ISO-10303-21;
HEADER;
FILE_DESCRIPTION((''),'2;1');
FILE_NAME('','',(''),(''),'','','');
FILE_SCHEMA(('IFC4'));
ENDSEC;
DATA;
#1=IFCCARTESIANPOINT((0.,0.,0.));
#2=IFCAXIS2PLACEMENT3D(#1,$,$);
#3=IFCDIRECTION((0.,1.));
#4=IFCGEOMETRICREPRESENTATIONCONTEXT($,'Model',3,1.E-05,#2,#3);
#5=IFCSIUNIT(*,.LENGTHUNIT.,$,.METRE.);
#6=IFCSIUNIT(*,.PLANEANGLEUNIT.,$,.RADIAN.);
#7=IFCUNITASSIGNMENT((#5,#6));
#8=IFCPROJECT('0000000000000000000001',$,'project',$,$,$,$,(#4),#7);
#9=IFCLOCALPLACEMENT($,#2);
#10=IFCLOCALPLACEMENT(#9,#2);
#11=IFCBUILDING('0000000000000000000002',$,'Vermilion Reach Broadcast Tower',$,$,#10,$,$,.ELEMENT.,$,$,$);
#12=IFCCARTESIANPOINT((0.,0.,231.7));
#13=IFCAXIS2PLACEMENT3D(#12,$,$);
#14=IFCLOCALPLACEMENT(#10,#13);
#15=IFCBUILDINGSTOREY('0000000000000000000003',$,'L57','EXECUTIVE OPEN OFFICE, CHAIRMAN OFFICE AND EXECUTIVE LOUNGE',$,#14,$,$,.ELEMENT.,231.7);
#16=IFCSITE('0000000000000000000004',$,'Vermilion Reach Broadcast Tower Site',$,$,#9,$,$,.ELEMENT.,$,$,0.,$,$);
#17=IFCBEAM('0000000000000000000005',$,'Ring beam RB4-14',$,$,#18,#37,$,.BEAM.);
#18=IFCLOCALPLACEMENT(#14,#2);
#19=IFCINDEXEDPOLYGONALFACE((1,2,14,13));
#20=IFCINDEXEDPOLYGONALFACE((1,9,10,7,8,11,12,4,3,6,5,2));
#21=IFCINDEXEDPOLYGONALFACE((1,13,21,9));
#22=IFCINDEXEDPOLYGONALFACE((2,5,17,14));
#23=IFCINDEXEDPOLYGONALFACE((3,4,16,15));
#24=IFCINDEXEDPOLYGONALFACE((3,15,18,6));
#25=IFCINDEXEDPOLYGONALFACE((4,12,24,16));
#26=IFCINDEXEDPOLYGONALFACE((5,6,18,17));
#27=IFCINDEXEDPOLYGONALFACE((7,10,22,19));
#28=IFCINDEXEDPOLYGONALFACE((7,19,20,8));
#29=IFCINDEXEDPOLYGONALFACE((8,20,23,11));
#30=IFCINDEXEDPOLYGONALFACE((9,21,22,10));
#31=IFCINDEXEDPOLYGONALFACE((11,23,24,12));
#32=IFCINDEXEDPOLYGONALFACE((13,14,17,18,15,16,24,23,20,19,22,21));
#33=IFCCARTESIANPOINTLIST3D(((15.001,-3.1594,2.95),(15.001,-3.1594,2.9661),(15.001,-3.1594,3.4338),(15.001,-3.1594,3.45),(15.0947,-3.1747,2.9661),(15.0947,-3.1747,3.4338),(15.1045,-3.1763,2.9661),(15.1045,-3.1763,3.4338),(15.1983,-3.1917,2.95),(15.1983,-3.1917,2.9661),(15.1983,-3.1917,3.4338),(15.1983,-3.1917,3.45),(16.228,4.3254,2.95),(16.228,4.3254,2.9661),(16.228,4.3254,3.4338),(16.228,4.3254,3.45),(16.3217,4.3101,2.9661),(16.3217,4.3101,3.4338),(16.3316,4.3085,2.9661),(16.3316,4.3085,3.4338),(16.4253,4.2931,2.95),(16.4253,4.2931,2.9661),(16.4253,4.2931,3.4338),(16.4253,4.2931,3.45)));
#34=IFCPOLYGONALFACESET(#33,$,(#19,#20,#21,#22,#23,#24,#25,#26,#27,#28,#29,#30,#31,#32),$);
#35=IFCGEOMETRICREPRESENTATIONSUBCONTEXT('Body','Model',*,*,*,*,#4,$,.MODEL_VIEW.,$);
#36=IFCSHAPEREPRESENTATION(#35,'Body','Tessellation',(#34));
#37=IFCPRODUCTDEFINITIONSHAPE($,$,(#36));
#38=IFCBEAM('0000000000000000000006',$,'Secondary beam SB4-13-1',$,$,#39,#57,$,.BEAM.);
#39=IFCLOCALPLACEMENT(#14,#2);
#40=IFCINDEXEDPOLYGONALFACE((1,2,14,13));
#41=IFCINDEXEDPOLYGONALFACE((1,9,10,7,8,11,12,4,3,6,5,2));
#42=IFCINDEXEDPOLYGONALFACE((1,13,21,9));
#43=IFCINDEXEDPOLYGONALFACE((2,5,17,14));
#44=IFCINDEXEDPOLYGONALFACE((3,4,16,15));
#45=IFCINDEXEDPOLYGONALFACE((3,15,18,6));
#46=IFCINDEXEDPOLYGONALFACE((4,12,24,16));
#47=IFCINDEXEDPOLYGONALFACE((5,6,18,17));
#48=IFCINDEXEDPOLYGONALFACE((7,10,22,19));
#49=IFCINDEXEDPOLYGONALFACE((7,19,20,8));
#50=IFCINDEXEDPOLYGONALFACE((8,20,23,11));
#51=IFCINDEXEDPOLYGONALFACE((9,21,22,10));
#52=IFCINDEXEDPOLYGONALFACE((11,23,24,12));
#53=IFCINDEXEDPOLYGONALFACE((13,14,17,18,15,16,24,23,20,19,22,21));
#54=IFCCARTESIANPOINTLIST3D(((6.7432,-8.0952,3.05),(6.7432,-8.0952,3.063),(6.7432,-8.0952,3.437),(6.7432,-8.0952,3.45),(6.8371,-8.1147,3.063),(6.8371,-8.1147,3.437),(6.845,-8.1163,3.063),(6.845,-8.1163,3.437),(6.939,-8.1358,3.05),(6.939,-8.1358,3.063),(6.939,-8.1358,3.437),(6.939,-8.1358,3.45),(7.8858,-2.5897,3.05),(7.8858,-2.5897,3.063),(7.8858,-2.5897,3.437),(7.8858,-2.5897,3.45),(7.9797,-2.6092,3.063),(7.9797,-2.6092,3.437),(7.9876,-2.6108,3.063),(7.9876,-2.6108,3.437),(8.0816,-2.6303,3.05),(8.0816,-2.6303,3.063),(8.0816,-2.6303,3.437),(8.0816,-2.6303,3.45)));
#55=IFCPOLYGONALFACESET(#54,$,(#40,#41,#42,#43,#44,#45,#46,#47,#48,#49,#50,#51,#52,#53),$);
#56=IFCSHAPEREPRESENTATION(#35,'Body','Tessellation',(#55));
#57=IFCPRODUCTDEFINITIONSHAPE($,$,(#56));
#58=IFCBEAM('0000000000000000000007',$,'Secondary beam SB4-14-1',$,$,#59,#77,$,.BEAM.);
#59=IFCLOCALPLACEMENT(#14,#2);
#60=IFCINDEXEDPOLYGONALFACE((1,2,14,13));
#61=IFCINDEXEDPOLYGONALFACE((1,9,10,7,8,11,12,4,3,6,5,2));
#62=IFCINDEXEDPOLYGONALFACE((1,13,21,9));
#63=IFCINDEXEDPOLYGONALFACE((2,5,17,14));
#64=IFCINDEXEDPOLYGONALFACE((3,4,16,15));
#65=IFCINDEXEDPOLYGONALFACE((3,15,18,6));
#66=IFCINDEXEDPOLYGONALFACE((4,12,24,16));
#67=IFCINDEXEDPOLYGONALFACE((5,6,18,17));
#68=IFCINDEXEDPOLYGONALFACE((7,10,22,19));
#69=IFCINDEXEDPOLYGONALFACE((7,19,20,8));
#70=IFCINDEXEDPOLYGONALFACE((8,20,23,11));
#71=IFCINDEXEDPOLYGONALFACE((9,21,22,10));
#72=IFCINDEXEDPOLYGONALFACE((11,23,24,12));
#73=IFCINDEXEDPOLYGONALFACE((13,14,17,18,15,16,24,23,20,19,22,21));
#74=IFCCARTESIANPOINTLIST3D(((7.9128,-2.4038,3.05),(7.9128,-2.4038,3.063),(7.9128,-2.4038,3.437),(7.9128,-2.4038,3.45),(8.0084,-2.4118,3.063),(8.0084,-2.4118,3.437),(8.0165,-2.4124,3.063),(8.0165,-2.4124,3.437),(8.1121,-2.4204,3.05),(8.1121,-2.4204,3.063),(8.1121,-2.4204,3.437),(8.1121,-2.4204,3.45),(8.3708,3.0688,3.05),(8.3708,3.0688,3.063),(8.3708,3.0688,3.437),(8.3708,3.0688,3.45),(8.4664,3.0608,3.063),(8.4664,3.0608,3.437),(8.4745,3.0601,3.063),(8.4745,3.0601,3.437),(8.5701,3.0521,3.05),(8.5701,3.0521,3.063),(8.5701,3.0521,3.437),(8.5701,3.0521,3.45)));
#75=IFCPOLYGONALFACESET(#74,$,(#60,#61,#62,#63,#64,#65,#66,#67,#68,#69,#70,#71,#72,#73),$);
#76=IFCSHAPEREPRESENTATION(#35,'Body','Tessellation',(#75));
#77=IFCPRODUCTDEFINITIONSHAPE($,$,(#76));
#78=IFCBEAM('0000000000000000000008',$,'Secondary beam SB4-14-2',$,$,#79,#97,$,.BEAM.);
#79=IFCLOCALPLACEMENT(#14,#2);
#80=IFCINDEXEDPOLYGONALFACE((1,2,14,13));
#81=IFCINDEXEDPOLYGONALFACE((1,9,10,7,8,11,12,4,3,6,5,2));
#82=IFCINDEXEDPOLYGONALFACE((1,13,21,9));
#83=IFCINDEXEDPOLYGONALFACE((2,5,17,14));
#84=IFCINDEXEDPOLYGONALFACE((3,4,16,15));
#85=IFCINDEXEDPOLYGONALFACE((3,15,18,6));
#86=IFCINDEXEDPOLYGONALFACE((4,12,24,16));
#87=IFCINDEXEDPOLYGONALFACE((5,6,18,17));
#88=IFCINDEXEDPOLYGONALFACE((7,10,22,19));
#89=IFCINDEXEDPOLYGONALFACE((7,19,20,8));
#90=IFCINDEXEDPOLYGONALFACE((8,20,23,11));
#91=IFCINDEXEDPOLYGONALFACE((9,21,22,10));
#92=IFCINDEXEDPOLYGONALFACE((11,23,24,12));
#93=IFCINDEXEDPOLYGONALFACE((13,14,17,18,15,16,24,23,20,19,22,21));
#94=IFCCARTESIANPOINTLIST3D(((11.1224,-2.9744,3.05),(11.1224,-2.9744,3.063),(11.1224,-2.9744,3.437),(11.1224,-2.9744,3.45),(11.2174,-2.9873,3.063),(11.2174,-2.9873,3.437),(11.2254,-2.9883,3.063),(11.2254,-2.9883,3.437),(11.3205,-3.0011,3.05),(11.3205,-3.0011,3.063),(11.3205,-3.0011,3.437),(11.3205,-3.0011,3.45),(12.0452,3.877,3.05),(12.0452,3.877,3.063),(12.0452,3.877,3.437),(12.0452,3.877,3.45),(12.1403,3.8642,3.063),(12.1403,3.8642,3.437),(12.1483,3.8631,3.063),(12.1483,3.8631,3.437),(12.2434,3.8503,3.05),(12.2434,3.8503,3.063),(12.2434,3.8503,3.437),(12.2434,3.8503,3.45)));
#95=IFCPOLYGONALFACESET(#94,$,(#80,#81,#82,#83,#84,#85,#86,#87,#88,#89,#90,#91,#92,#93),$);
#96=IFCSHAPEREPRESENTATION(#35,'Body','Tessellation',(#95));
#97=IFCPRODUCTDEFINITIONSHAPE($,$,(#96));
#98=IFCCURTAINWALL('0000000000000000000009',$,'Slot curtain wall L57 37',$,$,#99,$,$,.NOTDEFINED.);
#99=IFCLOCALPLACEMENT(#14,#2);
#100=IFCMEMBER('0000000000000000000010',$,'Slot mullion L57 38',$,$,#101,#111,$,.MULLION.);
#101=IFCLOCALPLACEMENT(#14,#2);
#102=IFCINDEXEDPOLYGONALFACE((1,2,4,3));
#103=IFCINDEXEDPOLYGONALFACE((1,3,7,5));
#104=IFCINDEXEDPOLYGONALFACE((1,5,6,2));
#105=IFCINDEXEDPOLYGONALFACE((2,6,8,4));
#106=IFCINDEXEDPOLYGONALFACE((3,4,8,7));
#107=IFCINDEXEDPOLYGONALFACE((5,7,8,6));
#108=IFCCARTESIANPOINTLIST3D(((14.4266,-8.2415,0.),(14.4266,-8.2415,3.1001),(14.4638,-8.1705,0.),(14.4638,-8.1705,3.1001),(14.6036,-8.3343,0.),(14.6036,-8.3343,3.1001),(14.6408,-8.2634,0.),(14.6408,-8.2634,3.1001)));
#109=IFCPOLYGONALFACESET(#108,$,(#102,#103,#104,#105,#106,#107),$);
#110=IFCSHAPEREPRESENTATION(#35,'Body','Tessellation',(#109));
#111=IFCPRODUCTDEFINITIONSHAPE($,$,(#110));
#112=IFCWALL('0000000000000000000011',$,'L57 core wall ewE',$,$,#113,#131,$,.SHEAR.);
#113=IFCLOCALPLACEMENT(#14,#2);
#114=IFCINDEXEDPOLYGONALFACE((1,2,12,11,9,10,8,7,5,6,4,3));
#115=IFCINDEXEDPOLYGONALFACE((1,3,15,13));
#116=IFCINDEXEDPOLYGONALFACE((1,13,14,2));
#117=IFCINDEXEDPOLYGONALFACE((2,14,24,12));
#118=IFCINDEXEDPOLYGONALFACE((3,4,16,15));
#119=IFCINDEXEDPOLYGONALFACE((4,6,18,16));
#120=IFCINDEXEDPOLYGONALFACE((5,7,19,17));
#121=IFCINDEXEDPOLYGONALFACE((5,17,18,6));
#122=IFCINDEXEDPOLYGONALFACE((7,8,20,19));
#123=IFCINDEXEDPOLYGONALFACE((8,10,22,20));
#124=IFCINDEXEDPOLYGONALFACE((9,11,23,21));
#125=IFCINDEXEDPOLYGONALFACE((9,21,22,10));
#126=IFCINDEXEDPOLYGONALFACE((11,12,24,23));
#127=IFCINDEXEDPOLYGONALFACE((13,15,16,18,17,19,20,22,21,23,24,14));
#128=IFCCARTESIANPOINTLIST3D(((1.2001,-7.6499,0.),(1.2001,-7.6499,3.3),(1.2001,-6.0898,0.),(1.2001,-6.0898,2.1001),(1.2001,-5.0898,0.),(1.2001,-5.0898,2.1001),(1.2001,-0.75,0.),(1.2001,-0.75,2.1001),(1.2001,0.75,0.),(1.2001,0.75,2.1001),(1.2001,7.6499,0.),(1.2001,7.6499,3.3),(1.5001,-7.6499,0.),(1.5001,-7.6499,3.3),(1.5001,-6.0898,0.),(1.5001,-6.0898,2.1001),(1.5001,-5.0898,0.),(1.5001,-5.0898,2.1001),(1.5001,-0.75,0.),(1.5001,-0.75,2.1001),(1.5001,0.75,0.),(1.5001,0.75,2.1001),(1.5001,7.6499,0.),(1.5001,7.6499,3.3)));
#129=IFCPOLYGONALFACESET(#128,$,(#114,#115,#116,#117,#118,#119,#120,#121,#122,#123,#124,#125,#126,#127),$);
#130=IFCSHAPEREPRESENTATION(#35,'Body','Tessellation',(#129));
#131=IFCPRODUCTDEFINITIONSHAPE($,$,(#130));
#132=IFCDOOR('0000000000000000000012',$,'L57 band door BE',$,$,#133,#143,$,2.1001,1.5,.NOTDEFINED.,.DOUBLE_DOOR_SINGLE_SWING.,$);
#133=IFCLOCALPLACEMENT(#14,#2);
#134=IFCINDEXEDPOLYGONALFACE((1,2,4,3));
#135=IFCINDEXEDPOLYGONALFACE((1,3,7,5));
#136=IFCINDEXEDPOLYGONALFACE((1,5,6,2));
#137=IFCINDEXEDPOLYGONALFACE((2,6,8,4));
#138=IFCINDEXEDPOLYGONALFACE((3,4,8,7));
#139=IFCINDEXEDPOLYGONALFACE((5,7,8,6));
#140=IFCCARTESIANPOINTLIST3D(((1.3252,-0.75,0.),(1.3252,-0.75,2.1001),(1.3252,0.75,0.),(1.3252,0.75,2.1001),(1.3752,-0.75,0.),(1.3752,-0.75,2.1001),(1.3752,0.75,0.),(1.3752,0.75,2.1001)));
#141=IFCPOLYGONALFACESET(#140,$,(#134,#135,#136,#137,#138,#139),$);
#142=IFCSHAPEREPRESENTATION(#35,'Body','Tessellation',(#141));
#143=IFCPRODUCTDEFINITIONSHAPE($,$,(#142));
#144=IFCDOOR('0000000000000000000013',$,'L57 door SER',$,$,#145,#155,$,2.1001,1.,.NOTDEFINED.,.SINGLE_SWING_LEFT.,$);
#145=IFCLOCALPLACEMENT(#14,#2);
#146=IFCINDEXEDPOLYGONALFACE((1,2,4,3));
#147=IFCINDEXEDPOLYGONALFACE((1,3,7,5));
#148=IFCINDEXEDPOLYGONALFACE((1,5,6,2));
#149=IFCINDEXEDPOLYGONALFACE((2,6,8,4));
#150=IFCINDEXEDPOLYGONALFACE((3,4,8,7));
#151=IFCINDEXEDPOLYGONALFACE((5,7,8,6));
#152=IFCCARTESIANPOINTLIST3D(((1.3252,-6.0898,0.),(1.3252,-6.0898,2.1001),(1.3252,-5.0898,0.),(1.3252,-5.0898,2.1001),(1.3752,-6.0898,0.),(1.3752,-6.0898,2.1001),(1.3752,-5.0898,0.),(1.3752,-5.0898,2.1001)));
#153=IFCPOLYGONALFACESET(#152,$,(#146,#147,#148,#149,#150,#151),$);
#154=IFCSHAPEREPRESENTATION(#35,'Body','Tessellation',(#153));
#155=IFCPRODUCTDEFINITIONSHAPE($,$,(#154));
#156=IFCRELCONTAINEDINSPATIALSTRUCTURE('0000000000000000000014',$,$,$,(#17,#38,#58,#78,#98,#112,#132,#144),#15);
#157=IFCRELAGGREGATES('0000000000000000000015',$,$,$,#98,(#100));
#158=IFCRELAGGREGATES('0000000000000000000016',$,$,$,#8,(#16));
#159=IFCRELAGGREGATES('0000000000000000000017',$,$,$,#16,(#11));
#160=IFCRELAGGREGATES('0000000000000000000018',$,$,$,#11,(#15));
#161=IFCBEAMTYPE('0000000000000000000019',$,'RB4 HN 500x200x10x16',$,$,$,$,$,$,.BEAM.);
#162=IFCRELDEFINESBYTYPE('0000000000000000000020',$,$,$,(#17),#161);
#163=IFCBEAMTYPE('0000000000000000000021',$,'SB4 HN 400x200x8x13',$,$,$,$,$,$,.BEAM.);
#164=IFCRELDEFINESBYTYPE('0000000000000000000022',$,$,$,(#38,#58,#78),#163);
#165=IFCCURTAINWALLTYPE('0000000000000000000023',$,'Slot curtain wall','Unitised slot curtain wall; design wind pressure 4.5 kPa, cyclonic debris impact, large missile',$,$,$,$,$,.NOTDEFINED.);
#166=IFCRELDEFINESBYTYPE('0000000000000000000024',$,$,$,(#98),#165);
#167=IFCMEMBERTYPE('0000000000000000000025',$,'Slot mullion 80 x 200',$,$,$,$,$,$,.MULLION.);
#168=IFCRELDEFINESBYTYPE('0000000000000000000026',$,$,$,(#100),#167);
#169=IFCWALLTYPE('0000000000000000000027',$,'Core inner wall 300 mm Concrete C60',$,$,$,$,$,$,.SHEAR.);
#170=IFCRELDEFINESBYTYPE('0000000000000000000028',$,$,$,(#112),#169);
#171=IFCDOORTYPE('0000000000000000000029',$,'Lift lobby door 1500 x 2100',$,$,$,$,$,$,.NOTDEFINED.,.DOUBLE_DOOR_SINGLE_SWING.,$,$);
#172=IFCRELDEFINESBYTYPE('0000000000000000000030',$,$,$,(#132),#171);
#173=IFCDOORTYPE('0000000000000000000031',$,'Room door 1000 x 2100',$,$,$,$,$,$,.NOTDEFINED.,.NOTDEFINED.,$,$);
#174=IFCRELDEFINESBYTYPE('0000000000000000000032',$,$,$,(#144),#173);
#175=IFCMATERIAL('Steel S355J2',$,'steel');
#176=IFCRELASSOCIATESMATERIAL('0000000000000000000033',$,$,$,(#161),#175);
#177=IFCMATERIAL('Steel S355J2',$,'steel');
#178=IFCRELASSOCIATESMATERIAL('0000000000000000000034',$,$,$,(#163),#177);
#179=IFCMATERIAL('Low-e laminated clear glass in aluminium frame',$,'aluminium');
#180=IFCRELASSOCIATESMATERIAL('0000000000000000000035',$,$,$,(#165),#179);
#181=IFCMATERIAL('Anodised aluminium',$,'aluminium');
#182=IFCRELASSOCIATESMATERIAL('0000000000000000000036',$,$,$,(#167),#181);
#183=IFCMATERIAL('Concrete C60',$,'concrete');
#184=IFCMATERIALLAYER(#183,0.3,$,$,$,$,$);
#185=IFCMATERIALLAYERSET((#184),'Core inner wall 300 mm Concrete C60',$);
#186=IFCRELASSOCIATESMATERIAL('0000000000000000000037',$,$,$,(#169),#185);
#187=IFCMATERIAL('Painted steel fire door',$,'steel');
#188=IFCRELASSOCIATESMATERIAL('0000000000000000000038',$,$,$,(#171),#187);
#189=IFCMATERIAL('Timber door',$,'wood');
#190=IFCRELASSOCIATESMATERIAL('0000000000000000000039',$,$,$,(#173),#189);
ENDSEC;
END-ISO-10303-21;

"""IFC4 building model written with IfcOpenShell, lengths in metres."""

from ifc_helpers import new_model, si_unit, direction, frame, frame_2d, origin, origin_2d, place, context, subcontext, project, spatial, rectangle, i_section, extrude, material, layer, layer_set, material_profile, profile_set, type_object, element, fill, aggregate, save


model = new_model("IFC4")

# Units and contexts
model_context = context("Model", 3, precision=1e-05, world=origin(), true_north=direction((0.0, 1.0)))
body_context = subcontext(model_context, "Body", "Model", "MODEL_VIEW")
ifc_project = project(units=[si_unit("LENGTHUNIT", "METRE"), si_unit("PLANEANGLEUNIT", "RADIAN")], contexts=[model_context])

# Site, building, storey
site_placement = place(None, origin())
site = spatial("IfcSite", under=ifc_project, at=site_placement, Name="Vermilion Reach Broadcast Tower Site", CompositionType="ELEMENT", RefElevation=0.0)
building_placement = place(site_placement, origin())
building = spatial("IfcBuilding", under=site, at=building_placement, Name="Vermilion Reach Broadcast Tower", CompositionType="ELEMENT")
storey_placement = place(building_placement, frame((0.0, 0.0, 231.7)))
storey = spatial("IfcBuildingStorey", under=building, at=storey_placement, Name="L57", Description="EXECUTIVE OPEN OFFICE, CHAIRMAN OFFICE AND EXECUTIVE LOUNGE", CompositionType="ELEMENT", Elevation=231.7)

# Beams
ifc_material_1 = material(Name="Steel S355J2", Category="steel")
ifc_material_profile_1 = material_profile(ifc_material_1, i_section(OverallWidth=0.2, OverallDepth=0.5, WebThickness=0.01, FlangeThickness=0.0161, at=origin_2d()), Name="S355J2 HN 500x200x10x16")
ifc_profile_set_1 = profile_set([ifc_material_profile_1], Name="Steel S355J2")
beam_type_1 = type_object("IfcBeamType", Name="RB4 HN 500x200x10x16", PredefinedType="BEAM", material=ifc_profile_set_1)
beam_1_placement = place(storey_placement, frame((15.0996, -3.1755, 3.2), z_axis=(0.161778, 0.986827, 0.0), x_axis=(-0.986827, 0.161778, 0.0)))
element("IfcBeam", 1, at=beam_1_placement, inside=storey, type_object=beam_type_1, Name="Ring beam RB4-14", PredefinedType="BEAM", context=body_context, shape_type="SweptSolid", body=[
    extrude(i_section(OverallWidth=0.2, OverallDepth=0.5, WebThickness=0.01, FlangeThickness=0.0161, at=origin_2d()), origin(), (0.0, 0.0, 1.0), 7.5847),
])
ifc_material_2 = material(Name="Steel S355J2", Category="steel")
ifc_material_profile_2 = material_profile(ifc_material_2, i_section(OverallWidth=0.2, OverallDepth=0.3999, WebThickness=0.0081, FlangeThickness=0.0129, at=origin_2d()), Name="S355J2 HN 400x200x8x13")
ifc_profile_set_2 = profile_set([ifc_material_profile_2], Name="Steel S355J2")
beam_type_2 = type_object("IfcBeamType", Name="SB4 HN 400x200x8x13", PredefinedType="BEAM", material=ifc_profile_set_2)
beam_2_placement = place(storey_placement, frame((6.8411, -8.1155, 3.25), z_axis=(0.203209, 0.979135, 0.0), x_axis=(-0.979135, 0.203209, 0.0)))
element("IfcBeam", 2, at=beam_2_placement, inside=storey, type_object=beam_type_2, Name="Secondary beam SB4-13-1", PredefinedType="BEAM", context=body_context, shape_type="SweptSolid", body=[
    extrude(i_section(OverallWidth=0.2, OverallDepth=0.3999, WebThickness=0.0081, FlangeThickness=0.0129, at=origin_2d()), origin(), (0.0, 0.0, 1.0), 5.6228),
])
beam_3_placement = place(storey_placement, frame((8.0125, -2.4121, 3.25), z_axis=(0.083399, 0.996516, 0.0), x_axis=(-0.996516, 0.083399, 0.0)))
element("IfcBeam", 3, at=beam_3_placement, inside=storey, type_object=beam_type_2, Name="Secondary beam SB4-14-1", PredefinedType="BEAM", context=body_context, shape_type="SweptSolid", body=[
    extrude(i_section(OverallWidth=0.2, OverallDepth=0.3999, WebThickness=0.0081, FlangeThickness=0.0129, at=origin_2d()), origin(), (0.0, 0.0, 1.0), 5.4917),
])
beam_4_placement = place(storey_placement, frame((11.2214, -2.9878, 3.25), z_axis=(0.133487, 0.991051, 0.0), x_axis=(-0.991051, 0.133487, 0.0)))
element("IfcBeam", 4, at=beam_4_placement, inside=storey, type_object=beam_type_2, Name="Secondary beam SB4-14-2", PredefinedType="BEAM", context=body_context, shape_type="SweptSolid", body=[
    extrude(i_section(OverallWidth=0.2, OverallDepth=0.3999, WebThickness=0.0081, FlangeThickness=0.0129, at=origin_2d()), origin(), (0.0, 0.0, 1.0), 6.9133),
])

# Curtain wall, member
ifc_material_3 = material(Name="Low-e laminated clear glass in aluminium frame", Category="aluminium")
curtain_wall_type = type_object("IfcCurtainWallType", Name="Slot curtain wall", Description="Unitised slot curtain wall; design wind pressure 4.5 kPa, cyclonic debris impact, large missile", PredefinedType="NOTDEFINED", material=ifc_material_3)
curtain_wall_placement = place(storey_placement, origin())
curtain_wall = element("IfcCurtainWall", 5, at=curtain_wall_placement, inside=storey, type_object=curtain_wall_type, Name="Slot curtain wall L57 37", PredefinedType="NOTDEFINED")
ifc_material_4 = material(Name="Anodised aluminium", Category="aluminium")
ifc_material_profile_3 = material_profile(ifc_material_4, rectangle(XDim=0.2, YDim=0.0801, at=origin_2d()), Name="Slot mullion 80 x 200")
ifc_profile_set_3 = profile_set([ifc_material_profile_3], Name="Anodised aluminium")
member_type = type_object("IfcMemberType", Name="Slot mullion 80 x 200", PredefinedType="MULLION", material=ifc_profile_set_3)
member_placement = place(storey_placement, frame((14.5337, -8.2524, 0.0), z_axis=(0.0, 0.0, 1.0), x_axis=(-0.885564, 0.464518, 0.0)))
member = element("IfcMember", 6, at=member_placement, type_object=member_type, Name="Slot mullion L57 38", PredefinedType="MULLION", context=body_context, shape_type="SweptSolid", body=[
    extrude(rectangle(XDim=0.2, YDim=0.0801, at=origin_2d()), origin(), (0.0, 0.0, 1.0), 3.1001),
])
aggregate(curtain_wall, [member])

# Wall, openings, doors
ifc_material_5 = material(Name="Concrete C60", Category="concrete")
ifc_layer_1 = layer(ifc_material_5, 0.3)
ifc_layer_set_1 = layer_set([ifc_layer_1], Name="Core inner wall 300 mm Concrete C60")
wall_type_1 = type_object("IfcWallType", Name="Core inner wall 300 mm Concrete C60", PredefinedType="SHEAR", material=ifc_layer_set_1)
wall_1_placement = place(storey_placement, frame((1.3501, -7.6499, 0.0), z_axis=(0.0, 0.0, 1.0), x_axis=(0.0, 1.0, 0.0)))
wall_1 = element("IfcWall", 7, at=wall_1_placement, inside=storey, type_object=wall_type_1, Name="L57 core wall ewE", PredefinedType="SHEAR", context=body_context, shape_type="SweptSolid", body=[
    extrude(rectangle(XDim=15.2998, YDim=0.3, at=frame_2d((7.6499, 0.0))), origin(), (0.0, 0.0, 1.0), 3.3),
])
opening_1_placement = place(wall_1_placement, frame((1.5601, 0.0, 0.0)))
opening_1 = element("IfcOpeningElement", 8, at=opening_1_placement, cuts=wall_1, PredefinedType="OPENING", context=body_context, shape_type="SweptSolid", body=[
    extrude(rectangle(XDim=1.0, YDim=2.1001, at=frame_2d((0.5, 1.05))), frame((0.0, 0.1599, 0.0), z_axis=(0.0, -1.0, 0.0), x_axis=(1.0, 0.0, 0.0)), (0.0, 0.0, 1.0), 0.3201),
])
opening_2_placement = place(wall_1_placement, frame((6.8999, 0.0, 0.0)))
opening_2 = element("IfcOpeningElement", 9, at=opening_2_placement, cuts=wall_1, PredefinedType="OPENING", context=body_context, shape_type="SweptSolid", body=[
    extrude(rectangle(XDim=1.5, YDim=2.1001, at=frame_2d((0.75, 1.05))), frame((0.0, 0.1599, 0.0), z_axis=(0.0, -1.0, 0.0), x_axis=(1.0, 0.0, 0.0)), (0.0, 0.0, 1.0), 0.3201),
])
ifc_material_6 = material(Name="Painted steel fire door", Category="steel")
door_type_1 = type_object("IfcDoorType", Name="Lift lobby door 1500 x 2100", OperationType="DOUBLE_DOOR_SINGLE_SWING", PredefinedType="NOTDEFINED", material=ifc_material_6)
door_1_placement = place(opening_2_placement, origin())
door_1 = element("IfcDoor", 10, at=door_1_placement, inside=storey, type_object=door_type_1, Name="L57 band door BE", OperationType="DOUBLE_DOOR_SINGLE_SWING", OverallHeight=2.1001, OverallWidth=1.5, PredefinedType="NOTDEFINED", context=body_context, shape_type="SweptSolid", body=[
    extrude(rectangle(XDim=1.5, YDim=2.1001, at=frame_2d((0.75, 1.05))), frame((0.0, 0.0249, 0.0), z_axis=(0.0, -1.0, 0.0), x_axis=(1.0, 0.0, 0.0)), (0.0, 0.0, 1.0), 0.05),
])
fill(opening_2, door_1)
ifc_material_7 = material(Name="Timber door", Category="wood")
door_type_2 = type_object("IfcDoorType", Name="Room door 1000 x 2100", OperationType="NOTDEFINED", PredefinedType="NOTDEFINED", material=ifc_material_7)
door_2_placement = place(opening_1_placement, origin())
door_2 = element("IfcDoor", 11, at=door_2_placement, inside=storey, type_object=door_type_2, Name="L57 door SER", OperationType="SINGLE_SWING_LEFT", OverallHeight=2.1001, OverallWidth=1.0, PredefinedType="NOTDEFINED", context=body_context, shape_type="SweptSolid", body=[
    extrude(rectangle(XDim=1.0, YDim=2.1001, at=frame_2d((0.5, 1.05))), frame((0.0, 0.0249, 0.0), z_axis=(0.0, -1.0, 0.0), x_axis=(1.0, 0.0, 0.0)), (0.0, 0.0, 1.0), 0.05),
])
fill(opening_1, door_2)

save(model, "model.ifc")
